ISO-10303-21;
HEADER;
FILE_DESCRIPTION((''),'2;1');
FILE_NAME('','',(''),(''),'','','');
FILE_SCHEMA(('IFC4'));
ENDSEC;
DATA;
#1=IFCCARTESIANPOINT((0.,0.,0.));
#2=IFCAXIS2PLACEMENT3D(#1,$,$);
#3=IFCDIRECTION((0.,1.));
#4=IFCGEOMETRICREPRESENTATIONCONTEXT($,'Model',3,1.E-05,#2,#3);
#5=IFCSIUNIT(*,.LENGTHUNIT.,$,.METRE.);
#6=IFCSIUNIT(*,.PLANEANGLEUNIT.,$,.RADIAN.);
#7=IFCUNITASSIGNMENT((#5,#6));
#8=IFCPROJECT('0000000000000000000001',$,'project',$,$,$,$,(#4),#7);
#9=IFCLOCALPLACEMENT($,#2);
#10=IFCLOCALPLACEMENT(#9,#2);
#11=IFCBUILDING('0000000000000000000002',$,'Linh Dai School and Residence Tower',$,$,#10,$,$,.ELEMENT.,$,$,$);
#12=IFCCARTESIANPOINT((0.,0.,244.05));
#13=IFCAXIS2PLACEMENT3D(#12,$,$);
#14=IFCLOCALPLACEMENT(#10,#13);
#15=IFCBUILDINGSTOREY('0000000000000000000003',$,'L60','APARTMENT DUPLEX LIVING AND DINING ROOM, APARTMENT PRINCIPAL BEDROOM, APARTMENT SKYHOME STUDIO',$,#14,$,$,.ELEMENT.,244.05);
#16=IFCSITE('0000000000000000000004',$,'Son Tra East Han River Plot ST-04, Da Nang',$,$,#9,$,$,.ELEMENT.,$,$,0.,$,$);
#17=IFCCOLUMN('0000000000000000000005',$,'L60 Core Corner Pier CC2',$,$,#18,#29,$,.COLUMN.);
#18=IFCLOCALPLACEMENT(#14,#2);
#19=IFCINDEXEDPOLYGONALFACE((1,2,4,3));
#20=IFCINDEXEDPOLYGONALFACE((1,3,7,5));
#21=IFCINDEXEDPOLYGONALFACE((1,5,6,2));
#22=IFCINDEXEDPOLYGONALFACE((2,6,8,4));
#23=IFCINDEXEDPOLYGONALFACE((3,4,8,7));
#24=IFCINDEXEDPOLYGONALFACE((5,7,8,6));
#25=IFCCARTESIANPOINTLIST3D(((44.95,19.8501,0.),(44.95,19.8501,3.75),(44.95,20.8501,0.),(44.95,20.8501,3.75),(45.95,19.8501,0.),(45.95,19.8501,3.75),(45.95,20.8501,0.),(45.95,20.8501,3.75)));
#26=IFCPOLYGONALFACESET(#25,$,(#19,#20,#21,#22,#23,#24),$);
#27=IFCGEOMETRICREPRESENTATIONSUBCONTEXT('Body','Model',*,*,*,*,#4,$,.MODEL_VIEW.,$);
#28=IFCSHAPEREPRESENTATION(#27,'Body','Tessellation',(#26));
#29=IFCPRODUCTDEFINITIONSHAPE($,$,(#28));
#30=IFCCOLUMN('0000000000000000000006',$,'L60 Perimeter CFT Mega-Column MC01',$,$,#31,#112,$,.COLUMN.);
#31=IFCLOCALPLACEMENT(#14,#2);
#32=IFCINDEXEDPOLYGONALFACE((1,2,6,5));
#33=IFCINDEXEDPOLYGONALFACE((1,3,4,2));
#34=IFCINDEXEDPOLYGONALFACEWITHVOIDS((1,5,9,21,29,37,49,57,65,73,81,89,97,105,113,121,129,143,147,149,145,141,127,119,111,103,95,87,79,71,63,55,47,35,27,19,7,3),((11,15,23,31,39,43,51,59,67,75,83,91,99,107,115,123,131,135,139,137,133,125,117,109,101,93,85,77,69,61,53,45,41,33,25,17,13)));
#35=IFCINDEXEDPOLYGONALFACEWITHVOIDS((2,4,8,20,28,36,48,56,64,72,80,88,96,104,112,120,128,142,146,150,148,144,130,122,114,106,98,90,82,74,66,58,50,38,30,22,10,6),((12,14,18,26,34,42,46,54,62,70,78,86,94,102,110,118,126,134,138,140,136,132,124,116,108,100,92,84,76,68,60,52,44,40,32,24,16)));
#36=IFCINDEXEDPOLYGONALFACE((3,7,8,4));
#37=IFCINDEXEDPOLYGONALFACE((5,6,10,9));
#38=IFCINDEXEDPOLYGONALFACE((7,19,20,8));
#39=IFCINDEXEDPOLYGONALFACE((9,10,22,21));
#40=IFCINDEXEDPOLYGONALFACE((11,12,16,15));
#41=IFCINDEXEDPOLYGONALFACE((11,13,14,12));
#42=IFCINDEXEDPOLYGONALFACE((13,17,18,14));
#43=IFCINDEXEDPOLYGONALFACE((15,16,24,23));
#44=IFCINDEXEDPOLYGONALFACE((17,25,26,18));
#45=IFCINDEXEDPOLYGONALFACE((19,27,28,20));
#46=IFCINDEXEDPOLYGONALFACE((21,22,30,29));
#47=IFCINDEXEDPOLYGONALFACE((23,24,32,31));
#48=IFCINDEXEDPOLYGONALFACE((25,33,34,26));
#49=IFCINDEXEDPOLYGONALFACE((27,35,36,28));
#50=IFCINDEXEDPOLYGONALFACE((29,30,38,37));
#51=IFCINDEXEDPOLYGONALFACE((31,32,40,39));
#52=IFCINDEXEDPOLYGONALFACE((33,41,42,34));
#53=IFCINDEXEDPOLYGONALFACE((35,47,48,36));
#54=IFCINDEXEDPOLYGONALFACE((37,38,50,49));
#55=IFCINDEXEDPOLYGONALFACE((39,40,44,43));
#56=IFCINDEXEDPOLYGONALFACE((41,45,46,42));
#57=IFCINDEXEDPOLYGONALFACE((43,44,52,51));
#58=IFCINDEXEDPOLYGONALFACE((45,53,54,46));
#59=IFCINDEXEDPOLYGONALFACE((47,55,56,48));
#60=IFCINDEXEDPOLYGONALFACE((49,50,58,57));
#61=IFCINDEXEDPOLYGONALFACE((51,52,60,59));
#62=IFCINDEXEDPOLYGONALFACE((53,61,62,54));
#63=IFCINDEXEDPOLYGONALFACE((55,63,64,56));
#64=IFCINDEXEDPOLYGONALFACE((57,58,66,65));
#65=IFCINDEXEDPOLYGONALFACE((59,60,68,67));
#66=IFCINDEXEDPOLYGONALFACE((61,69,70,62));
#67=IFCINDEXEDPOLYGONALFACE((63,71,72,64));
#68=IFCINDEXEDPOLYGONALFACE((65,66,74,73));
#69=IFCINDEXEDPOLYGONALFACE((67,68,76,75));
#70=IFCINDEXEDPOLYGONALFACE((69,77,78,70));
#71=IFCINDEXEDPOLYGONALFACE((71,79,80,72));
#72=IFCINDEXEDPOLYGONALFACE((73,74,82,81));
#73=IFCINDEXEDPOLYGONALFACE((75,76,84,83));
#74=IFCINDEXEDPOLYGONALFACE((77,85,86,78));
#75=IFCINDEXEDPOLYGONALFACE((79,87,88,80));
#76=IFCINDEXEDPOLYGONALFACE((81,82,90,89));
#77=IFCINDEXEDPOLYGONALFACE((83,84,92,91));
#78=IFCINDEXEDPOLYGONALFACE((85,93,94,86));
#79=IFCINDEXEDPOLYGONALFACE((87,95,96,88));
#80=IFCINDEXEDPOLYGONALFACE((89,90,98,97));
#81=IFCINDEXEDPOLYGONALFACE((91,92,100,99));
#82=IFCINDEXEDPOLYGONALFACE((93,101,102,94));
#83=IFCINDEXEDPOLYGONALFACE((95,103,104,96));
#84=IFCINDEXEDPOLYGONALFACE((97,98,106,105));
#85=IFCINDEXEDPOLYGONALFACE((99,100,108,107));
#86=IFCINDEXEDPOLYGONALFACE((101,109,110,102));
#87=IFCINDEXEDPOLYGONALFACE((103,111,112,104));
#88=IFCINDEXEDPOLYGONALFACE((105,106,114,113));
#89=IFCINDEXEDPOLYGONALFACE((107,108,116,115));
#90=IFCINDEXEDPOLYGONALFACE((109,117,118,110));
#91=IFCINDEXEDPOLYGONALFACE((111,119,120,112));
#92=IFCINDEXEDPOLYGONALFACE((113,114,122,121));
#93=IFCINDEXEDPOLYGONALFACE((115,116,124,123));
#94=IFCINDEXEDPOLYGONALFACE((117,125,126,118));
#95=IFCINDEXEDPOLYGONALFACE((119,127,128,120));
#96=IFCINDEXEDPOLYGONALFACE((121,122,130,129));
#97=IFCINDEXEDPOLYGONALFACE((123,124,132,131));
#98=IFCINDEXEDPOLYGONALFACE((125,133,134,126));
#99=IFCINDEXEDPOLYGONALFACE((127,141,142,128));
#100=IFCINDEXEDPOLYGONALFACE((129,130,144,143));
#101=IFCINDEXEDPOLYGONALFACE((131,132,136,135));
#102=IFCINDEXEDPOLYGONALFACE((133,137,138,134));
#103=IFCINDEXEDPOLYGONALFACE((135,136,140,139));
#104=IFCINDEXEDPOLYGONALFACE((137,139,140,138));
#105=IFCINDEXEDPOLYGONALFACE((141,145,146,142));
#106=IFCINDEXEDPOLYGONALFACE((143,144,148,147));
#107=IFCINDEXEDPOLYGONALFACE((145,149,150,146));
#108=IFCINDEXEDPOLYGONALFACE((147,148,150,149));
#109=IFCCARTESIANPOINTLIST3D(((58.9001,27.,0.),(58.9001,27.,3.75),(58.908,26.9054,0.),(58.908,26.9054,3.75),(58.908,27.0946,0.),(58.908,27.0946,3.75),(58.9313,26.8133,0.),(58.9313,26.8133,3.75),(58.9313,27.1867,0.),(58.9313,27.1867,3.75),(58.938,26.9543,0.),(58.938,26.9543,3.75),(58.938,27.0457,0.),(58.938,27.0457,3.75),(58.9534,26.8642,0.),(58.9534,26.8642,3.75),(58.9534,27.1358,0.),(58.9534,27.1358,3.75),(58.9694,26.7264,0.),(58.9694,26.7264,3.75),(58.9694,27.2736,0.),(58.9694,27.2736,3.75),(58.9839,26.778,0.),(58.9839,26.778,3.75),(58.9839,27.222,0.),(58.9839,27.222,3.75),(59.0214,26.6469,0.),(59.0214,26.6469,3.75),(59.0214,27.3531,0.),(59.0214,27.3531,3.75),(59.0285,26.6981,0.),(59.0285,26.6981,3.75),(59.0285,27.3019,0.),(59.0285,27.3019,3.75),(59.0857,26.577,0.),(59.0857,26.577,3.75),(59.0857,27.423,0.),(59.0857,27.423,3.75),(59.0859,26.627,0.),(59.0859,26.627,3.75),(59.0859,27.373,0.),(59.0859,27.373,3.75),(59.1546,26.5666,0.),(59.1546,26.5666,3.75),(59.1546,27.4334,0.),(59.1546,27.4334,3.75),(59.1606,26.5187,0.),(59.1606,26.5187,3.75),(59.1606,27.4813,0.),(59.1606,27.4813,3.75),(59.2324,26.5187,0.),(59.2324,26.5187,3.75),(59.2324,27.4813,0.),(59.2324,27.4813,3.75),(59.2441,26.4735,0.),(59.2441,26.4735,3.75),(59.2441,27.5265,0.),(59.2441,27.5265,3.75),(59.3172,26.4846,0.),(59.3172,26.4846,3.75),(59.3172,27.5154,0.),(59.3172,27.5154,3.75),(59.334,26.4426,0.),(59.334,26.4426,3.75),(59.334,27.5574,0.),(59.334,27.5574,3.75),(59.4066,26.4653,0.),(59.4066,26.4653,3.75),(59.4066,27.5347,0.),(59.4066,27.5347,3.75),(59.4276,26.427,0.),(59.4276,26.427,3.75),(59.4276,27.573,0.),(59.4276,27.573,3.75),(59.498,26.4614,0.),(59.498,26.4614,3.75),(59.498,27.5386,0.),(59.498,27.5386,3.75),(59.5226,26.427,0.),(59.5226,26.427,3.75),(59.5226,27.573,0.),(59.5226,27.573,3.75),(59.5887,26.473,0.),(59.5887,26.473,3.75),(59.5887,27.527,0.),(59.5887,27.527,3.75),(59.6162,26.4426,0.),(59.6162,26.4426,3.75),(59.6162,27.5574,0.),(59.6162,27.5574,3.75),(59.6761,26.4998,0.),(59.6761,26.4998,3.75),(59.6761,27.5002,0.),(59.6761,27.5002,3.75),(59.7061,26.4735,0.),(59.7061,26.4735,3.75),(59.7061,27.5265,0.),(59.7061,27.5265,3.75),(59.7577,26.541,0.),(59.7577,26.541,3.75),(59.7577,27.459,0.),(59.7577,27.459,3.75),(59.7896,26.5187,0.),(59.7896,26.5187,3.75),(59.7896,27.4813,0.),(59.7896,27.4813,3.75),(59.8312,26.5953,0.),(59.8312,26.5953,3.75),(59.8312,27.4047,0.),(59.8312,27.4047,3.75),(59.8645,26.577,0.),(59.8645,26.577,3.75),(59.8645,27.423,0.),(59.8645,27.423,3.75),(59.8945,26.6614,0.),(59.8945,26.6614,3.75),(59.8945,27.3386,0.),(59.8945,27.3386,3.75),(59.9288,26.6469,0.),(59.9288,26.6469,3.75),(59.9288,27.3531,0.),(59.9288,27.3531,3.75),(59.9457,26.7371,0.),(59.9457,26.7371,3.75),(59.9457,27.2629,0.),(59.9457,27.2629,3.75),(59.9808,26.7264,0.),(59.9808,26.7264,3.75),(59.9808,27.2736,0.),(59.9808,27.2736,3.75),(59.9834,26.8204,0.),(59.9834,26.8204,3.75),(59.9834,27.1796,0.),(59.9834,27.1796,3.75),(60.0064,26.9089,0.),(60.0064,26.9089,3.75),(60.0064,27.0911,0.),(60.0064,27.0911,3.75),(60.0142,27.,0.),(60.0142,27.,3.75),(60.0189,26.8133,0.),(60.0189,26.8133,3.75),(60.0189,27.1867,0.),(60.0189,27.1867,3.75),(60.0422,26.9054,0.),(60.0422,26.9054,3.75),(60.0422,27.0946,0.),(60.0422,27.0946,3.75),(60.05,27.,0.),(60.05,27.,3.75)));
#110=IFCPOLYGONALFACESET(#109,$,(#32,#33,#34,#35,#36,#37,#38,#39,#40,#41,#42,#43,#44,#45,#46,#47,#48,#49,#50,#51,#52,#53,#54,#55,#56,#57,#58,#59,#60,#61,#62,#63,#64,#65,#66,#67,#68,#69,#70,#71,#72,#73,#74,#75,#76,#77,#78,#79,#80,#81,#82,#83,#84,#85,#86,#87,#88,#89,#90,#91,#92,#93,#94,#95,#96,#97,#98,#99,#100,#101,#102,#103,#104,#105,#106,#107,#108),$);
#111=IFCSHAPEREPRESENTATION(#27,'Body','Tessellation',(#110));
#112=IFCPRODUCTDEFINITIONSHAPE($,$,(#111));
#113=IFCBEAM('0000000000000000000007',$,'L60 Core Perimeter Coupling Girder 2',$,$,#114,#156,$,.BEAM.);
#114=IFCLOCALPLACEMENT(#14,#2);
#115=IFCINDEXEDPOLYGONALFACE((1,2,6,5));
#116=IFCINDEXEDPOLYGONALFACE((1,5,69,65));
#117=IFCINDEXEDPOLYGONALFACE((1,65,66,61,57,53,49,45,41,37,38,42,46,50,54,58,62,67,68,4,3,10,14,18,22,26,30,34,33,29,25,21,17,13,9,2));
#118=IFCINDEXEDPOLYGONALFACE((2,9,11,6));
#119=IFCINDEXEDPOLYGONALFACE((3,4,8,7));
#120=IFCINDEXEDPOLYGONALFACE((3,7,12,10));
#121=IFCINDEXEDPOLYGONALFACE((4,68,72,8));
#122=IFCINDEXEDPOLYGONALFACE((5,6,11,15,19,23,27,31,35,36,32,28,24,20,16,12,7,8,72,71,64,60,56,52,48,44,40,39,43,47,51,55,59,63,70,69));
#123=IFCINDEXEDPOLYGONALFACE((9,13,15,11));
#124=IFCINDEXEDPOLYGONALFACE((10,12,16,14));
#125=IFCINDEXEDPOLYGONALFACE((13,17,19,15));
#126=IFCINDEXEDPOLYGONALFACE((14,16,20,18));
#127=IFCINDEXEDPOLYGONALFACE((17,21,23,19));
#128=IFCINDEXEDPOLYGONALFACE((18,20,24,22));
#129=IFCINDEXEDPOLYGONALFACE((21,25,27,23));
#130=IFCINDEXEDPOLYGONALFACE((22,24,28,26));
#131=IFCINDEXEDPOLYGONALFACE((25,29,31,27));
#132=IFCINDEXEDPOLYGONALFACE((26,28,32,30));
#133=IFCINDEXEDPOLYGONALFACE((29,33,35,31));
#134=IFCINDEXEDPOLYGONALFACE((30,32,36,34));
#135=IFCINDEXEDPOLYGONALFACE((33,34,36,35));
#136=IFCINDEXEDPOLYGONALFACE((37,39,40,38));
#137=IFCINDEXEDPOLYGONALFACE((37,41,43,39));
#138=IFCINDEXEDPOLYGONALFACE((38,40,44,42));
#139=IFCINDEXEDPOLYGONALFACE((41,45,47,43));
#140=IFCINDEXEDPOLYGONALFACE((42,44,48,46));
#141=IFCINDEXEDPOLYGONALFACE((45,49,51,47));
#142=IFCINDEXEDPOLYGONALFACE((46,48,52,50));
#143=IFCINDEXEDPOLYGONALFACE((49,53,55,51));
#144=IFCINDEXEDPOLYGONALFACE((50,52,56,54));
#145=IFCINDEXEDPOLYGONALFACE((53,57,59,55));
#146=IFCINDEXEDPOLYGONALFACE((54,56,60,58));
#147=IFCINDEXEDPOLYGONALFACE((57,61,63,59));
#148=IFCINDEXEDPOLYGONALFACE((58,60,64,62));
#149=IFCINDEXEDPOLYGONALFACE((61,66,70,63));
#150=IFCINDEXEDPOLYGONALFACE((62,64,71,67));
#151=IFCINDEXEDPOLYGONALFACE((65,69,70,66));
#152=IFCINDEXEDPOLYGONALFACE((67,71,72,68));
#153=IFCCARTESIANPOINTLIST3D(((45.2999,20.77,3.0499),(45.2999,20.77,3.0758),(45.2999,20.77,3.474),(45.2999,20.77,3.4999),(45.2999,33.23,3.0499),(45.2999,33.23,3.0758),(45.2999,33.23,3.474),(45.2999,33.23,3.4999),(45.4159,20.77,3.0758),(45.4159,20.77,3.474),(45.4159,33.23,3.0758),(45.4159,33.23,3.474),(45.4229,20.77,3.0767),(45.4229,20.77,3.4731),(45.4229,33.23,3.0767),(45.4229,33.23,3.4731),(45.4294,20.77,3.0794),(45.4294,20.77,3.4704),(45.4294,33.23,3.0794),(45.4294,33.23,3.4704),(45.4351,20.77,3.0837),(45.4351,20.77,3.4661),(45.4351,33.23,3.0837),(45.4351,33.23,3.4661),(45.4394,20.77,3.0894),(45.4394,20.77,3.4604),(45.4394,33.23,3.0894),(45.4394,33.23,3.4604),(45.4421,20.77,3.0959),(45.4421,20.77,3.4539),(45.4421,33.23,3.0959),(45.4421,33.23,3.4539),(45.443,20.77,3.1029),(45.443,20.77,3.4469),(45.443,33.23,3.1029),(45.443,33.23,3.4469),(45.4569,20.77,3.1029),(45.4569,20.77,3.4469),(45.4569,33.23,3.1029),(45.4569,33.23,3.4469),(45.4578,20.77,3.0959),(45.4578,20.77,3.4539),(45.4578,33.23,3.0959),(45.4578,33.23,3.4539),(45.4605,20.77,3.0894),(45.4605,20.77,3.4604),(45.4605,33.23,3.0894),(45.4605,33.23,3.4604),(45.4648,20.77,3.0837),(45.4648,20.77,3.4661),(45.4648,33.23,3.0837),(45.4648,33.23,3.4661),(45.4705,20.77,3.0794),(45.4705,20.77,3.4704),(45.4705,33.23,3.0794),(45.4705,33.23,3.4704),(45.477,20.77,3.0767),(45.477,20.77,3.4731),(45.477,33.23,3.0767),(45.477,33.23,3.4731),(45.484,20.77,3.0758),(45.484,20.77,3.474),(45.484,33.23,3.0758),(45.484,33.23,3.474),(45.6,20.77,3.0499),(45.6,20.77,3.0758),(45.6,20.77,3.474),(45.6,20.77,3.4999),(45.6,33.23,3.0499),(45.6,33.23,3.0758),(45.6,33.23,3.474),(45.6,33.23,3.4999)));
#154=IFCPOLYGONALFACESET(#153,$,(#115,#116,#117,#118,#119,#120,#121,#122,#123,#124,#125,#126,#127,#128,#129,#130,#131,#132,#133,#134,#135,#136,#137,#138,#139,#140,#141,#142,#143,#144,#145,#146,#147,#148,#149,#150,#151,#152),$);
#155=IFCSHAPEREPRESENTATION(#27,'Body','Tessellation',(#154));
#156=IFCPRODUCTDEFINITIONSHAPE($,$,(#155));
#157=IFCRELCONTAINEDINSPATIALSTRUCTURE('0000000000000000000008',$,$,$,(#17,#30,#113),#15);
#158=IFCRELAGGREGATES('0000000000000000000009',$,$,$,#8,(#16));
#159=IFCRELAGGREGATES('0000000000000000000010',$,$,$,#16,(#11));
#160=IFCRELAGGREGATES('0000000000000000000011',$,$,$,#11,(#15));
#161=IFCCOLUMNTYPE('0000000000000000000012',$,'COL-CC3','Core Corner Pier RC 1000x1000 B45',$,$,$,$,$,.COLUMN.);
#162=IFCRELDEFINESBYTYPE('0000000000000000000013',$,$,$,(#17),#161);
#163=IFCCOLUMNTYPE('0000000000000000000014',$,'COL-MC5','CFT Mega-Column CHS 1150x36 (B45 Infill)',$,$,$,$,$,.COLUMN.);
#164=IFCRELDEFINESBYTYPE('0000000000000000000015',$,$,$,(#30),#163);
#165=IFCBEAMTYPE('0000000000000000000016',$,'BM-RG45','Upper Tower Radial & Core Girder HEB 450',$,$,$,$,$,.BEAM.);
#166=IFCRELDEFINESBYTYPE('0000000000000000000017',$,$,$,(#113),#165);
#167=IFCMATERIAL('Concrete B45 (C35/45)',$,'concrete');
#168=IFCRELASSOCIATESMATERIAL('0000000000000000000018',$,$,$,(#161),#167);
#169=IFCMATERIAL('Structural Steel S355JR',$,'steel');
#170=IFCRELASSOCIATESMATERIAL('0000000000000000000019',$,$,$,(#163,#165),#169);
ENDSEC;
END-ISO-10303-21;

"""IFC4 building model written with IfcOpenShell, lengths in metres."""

from ifc_helpers import new_model, si_unit, direction, frame, origin, origin_2d, place, context, subcontext, project, spatial, rectangle, hollow_circle, i_section, extrude, material, material_profile, profile_set, type_object, element, save


model = new_model("IFC4")

# Units and contexts
model_context = context("Model", 3, precision=1e-05, world=origin(), true_north=direction((0.0, 1.0)))
body_context = subcontext(model_context, "Body", "Model", "MODEL_VIEW")
ifc_project = project(units=[si_unit("LENGTHUNIT", "METRE"), si_unit("PLANEANGLEUNIT", "RADIAN")], contexts=[model_context])

# Site, building, storey
site_placement = place(None, origin())
site = spatial("IfcSite", under=ifc_project, at=site_placement, Name="Son Tra East Han River Plot ST-04, Da Nang", CompositionType="ELEMENT", RefElevation=0.0)
building_placement = place(site_placement, origin())
building = spatial("IfcBuilding", under=site, at=building_placement, Name="Linh Dai School and Residence Tower", CompositionType="ELEMENT")
storey_placement = place(building_placement, frame((0.0, 0.0, 244.05)))
storey = spatial("IfcBuildingStorey", under=building, at=storey_placement, Name="L60", Description="APARTMENT DUPLEX LIVING AND DINING ROOM, APARTMENT PRINCIPAL BEDROOM, APARTMENT SKYHOME STUDIO", CompositionType="ELEMENT", Elevation=244.05)

# Columns
ifc_material_1 = material(Name="Concrete B45 (C35/45)", Category="concrete")
ifc_material_profile_1 = material_profile(ifc_material_1, rectangle(XDim=1.0, YDim=1.0, at=origin_2d()), Name="RC 1000x1000")
ifc_profile_set_1 = profile_set([ifc_material_profile_1], Name="Concrete B45 (C35/45)")
column_type_1 = type_object("IfcColumnType", Name="COL-CC3", Description="Core Corner Pier RC 1000x1000 B45", PredefinedType="COLUMN", material=ifc_profile_set_1)
column_1_placement = place(storey_placement, frame((45.45, 20.3501, 0.0), z_axis=(0.0, 0.0, 1.0), x_axis=(1.0, 0.0, 0.0)))
element("IfcColumn", 1, at=column_1_placement, inside=storey, type_object=column_type_1, Name="L60 Core Corner Pier CC2", PredefinedType="COLUMN", context=body_context, shape_type="SweptSolid", body=[
    extrude(rectangle(XDim=1.0, YDim=1.0, at=origin_2d()), origin(), (0.0, 0.0, 1.0), 3.75),
])
ifc_material_2 = material(Name="Structural Steel S355JR", Category="steel")
ifc_material_profile_2 = material_profile(ifc_material_2, hollow_circle(Radius=0.575, WallThickness=0.0359, at=origin_2d()), Name="CHS 1150x36")
ifc_profile_set_2 = profile_set([ifc_material_profile_2], Name="Structural Steel S355JR")
column_type_2 = type_object("IfcColumnType", Name="COL-MC5", Description="CFT Mega-Column CHS 1150x36 (B45 Infill)", PredefinedType="COLUMN", material=ifc_profile_set_2)
column_2_placement = place(storey_placement, frame((59.4751, 27.0, 0.0), z_axis=(0.0, 0.0, 1.0), x_axis=(1.0, 0.0, 0.0)))
element("IfcColumn", 2, at=column_2_placement, inside=storey, type_object=column_type_2, Name="L60 Perimeter CFT Mega-Column MC01", PredefinedType="COLUMN", context=body_context, shape_type="SweptSolid", body=[
    extrude(hollow_circle(Radius=0.575, WallThickness=0.0359, at=origin_2d()), origin(), (0.0, 0.0, 1.0), 3.75),
])

# Beam
ifc_material_profile_3 = material_profile(ifc_material_2, i_section(OverallWidth=0.3, OverallDepth=0.45, WebThickness=0.0139, FlangeThickness=0.0259, FilletRadius=0.0271, at=origin_2d()), Name="HEB 450")
ifc_profile_set_3 = profile_set([ifc_material_profile_3], Name="Structural Steel S355JR")
beam_type_1 = type_object("IfcBeamType", Name="BM-RG45", Description="Upper Tower Radial & Core Girder HEB 450", PredefinedType="BEAM", material=ifc_profile_set_3)
beam_1_placement = place(storey_placement, frame((45.45, 20.77, 3.2749), z_axis=(0.0, 1.0, 0.0), x_axis=(-1.0, 0.0, 0.0)))
element("IfcBeam", 3, at=beam_1_placement, inside=storey, type_object=beam_type_1, Name="L60 Core Perimeter Coupling Girder 2", PredefinedType="BEAM", context=body_context, shape_type="SweptSolid", body=[
    extrude(i_section(OverallWidth=0.3, OverallDepth=0.45, WebThickness=0.0139, FlangeThickness=0.0259, FilletRadius=0.0271, at=origin_2d()), origin(), (0.0, 0.0, 1.0), 12.46),
])

save(model, "model.ifc")
